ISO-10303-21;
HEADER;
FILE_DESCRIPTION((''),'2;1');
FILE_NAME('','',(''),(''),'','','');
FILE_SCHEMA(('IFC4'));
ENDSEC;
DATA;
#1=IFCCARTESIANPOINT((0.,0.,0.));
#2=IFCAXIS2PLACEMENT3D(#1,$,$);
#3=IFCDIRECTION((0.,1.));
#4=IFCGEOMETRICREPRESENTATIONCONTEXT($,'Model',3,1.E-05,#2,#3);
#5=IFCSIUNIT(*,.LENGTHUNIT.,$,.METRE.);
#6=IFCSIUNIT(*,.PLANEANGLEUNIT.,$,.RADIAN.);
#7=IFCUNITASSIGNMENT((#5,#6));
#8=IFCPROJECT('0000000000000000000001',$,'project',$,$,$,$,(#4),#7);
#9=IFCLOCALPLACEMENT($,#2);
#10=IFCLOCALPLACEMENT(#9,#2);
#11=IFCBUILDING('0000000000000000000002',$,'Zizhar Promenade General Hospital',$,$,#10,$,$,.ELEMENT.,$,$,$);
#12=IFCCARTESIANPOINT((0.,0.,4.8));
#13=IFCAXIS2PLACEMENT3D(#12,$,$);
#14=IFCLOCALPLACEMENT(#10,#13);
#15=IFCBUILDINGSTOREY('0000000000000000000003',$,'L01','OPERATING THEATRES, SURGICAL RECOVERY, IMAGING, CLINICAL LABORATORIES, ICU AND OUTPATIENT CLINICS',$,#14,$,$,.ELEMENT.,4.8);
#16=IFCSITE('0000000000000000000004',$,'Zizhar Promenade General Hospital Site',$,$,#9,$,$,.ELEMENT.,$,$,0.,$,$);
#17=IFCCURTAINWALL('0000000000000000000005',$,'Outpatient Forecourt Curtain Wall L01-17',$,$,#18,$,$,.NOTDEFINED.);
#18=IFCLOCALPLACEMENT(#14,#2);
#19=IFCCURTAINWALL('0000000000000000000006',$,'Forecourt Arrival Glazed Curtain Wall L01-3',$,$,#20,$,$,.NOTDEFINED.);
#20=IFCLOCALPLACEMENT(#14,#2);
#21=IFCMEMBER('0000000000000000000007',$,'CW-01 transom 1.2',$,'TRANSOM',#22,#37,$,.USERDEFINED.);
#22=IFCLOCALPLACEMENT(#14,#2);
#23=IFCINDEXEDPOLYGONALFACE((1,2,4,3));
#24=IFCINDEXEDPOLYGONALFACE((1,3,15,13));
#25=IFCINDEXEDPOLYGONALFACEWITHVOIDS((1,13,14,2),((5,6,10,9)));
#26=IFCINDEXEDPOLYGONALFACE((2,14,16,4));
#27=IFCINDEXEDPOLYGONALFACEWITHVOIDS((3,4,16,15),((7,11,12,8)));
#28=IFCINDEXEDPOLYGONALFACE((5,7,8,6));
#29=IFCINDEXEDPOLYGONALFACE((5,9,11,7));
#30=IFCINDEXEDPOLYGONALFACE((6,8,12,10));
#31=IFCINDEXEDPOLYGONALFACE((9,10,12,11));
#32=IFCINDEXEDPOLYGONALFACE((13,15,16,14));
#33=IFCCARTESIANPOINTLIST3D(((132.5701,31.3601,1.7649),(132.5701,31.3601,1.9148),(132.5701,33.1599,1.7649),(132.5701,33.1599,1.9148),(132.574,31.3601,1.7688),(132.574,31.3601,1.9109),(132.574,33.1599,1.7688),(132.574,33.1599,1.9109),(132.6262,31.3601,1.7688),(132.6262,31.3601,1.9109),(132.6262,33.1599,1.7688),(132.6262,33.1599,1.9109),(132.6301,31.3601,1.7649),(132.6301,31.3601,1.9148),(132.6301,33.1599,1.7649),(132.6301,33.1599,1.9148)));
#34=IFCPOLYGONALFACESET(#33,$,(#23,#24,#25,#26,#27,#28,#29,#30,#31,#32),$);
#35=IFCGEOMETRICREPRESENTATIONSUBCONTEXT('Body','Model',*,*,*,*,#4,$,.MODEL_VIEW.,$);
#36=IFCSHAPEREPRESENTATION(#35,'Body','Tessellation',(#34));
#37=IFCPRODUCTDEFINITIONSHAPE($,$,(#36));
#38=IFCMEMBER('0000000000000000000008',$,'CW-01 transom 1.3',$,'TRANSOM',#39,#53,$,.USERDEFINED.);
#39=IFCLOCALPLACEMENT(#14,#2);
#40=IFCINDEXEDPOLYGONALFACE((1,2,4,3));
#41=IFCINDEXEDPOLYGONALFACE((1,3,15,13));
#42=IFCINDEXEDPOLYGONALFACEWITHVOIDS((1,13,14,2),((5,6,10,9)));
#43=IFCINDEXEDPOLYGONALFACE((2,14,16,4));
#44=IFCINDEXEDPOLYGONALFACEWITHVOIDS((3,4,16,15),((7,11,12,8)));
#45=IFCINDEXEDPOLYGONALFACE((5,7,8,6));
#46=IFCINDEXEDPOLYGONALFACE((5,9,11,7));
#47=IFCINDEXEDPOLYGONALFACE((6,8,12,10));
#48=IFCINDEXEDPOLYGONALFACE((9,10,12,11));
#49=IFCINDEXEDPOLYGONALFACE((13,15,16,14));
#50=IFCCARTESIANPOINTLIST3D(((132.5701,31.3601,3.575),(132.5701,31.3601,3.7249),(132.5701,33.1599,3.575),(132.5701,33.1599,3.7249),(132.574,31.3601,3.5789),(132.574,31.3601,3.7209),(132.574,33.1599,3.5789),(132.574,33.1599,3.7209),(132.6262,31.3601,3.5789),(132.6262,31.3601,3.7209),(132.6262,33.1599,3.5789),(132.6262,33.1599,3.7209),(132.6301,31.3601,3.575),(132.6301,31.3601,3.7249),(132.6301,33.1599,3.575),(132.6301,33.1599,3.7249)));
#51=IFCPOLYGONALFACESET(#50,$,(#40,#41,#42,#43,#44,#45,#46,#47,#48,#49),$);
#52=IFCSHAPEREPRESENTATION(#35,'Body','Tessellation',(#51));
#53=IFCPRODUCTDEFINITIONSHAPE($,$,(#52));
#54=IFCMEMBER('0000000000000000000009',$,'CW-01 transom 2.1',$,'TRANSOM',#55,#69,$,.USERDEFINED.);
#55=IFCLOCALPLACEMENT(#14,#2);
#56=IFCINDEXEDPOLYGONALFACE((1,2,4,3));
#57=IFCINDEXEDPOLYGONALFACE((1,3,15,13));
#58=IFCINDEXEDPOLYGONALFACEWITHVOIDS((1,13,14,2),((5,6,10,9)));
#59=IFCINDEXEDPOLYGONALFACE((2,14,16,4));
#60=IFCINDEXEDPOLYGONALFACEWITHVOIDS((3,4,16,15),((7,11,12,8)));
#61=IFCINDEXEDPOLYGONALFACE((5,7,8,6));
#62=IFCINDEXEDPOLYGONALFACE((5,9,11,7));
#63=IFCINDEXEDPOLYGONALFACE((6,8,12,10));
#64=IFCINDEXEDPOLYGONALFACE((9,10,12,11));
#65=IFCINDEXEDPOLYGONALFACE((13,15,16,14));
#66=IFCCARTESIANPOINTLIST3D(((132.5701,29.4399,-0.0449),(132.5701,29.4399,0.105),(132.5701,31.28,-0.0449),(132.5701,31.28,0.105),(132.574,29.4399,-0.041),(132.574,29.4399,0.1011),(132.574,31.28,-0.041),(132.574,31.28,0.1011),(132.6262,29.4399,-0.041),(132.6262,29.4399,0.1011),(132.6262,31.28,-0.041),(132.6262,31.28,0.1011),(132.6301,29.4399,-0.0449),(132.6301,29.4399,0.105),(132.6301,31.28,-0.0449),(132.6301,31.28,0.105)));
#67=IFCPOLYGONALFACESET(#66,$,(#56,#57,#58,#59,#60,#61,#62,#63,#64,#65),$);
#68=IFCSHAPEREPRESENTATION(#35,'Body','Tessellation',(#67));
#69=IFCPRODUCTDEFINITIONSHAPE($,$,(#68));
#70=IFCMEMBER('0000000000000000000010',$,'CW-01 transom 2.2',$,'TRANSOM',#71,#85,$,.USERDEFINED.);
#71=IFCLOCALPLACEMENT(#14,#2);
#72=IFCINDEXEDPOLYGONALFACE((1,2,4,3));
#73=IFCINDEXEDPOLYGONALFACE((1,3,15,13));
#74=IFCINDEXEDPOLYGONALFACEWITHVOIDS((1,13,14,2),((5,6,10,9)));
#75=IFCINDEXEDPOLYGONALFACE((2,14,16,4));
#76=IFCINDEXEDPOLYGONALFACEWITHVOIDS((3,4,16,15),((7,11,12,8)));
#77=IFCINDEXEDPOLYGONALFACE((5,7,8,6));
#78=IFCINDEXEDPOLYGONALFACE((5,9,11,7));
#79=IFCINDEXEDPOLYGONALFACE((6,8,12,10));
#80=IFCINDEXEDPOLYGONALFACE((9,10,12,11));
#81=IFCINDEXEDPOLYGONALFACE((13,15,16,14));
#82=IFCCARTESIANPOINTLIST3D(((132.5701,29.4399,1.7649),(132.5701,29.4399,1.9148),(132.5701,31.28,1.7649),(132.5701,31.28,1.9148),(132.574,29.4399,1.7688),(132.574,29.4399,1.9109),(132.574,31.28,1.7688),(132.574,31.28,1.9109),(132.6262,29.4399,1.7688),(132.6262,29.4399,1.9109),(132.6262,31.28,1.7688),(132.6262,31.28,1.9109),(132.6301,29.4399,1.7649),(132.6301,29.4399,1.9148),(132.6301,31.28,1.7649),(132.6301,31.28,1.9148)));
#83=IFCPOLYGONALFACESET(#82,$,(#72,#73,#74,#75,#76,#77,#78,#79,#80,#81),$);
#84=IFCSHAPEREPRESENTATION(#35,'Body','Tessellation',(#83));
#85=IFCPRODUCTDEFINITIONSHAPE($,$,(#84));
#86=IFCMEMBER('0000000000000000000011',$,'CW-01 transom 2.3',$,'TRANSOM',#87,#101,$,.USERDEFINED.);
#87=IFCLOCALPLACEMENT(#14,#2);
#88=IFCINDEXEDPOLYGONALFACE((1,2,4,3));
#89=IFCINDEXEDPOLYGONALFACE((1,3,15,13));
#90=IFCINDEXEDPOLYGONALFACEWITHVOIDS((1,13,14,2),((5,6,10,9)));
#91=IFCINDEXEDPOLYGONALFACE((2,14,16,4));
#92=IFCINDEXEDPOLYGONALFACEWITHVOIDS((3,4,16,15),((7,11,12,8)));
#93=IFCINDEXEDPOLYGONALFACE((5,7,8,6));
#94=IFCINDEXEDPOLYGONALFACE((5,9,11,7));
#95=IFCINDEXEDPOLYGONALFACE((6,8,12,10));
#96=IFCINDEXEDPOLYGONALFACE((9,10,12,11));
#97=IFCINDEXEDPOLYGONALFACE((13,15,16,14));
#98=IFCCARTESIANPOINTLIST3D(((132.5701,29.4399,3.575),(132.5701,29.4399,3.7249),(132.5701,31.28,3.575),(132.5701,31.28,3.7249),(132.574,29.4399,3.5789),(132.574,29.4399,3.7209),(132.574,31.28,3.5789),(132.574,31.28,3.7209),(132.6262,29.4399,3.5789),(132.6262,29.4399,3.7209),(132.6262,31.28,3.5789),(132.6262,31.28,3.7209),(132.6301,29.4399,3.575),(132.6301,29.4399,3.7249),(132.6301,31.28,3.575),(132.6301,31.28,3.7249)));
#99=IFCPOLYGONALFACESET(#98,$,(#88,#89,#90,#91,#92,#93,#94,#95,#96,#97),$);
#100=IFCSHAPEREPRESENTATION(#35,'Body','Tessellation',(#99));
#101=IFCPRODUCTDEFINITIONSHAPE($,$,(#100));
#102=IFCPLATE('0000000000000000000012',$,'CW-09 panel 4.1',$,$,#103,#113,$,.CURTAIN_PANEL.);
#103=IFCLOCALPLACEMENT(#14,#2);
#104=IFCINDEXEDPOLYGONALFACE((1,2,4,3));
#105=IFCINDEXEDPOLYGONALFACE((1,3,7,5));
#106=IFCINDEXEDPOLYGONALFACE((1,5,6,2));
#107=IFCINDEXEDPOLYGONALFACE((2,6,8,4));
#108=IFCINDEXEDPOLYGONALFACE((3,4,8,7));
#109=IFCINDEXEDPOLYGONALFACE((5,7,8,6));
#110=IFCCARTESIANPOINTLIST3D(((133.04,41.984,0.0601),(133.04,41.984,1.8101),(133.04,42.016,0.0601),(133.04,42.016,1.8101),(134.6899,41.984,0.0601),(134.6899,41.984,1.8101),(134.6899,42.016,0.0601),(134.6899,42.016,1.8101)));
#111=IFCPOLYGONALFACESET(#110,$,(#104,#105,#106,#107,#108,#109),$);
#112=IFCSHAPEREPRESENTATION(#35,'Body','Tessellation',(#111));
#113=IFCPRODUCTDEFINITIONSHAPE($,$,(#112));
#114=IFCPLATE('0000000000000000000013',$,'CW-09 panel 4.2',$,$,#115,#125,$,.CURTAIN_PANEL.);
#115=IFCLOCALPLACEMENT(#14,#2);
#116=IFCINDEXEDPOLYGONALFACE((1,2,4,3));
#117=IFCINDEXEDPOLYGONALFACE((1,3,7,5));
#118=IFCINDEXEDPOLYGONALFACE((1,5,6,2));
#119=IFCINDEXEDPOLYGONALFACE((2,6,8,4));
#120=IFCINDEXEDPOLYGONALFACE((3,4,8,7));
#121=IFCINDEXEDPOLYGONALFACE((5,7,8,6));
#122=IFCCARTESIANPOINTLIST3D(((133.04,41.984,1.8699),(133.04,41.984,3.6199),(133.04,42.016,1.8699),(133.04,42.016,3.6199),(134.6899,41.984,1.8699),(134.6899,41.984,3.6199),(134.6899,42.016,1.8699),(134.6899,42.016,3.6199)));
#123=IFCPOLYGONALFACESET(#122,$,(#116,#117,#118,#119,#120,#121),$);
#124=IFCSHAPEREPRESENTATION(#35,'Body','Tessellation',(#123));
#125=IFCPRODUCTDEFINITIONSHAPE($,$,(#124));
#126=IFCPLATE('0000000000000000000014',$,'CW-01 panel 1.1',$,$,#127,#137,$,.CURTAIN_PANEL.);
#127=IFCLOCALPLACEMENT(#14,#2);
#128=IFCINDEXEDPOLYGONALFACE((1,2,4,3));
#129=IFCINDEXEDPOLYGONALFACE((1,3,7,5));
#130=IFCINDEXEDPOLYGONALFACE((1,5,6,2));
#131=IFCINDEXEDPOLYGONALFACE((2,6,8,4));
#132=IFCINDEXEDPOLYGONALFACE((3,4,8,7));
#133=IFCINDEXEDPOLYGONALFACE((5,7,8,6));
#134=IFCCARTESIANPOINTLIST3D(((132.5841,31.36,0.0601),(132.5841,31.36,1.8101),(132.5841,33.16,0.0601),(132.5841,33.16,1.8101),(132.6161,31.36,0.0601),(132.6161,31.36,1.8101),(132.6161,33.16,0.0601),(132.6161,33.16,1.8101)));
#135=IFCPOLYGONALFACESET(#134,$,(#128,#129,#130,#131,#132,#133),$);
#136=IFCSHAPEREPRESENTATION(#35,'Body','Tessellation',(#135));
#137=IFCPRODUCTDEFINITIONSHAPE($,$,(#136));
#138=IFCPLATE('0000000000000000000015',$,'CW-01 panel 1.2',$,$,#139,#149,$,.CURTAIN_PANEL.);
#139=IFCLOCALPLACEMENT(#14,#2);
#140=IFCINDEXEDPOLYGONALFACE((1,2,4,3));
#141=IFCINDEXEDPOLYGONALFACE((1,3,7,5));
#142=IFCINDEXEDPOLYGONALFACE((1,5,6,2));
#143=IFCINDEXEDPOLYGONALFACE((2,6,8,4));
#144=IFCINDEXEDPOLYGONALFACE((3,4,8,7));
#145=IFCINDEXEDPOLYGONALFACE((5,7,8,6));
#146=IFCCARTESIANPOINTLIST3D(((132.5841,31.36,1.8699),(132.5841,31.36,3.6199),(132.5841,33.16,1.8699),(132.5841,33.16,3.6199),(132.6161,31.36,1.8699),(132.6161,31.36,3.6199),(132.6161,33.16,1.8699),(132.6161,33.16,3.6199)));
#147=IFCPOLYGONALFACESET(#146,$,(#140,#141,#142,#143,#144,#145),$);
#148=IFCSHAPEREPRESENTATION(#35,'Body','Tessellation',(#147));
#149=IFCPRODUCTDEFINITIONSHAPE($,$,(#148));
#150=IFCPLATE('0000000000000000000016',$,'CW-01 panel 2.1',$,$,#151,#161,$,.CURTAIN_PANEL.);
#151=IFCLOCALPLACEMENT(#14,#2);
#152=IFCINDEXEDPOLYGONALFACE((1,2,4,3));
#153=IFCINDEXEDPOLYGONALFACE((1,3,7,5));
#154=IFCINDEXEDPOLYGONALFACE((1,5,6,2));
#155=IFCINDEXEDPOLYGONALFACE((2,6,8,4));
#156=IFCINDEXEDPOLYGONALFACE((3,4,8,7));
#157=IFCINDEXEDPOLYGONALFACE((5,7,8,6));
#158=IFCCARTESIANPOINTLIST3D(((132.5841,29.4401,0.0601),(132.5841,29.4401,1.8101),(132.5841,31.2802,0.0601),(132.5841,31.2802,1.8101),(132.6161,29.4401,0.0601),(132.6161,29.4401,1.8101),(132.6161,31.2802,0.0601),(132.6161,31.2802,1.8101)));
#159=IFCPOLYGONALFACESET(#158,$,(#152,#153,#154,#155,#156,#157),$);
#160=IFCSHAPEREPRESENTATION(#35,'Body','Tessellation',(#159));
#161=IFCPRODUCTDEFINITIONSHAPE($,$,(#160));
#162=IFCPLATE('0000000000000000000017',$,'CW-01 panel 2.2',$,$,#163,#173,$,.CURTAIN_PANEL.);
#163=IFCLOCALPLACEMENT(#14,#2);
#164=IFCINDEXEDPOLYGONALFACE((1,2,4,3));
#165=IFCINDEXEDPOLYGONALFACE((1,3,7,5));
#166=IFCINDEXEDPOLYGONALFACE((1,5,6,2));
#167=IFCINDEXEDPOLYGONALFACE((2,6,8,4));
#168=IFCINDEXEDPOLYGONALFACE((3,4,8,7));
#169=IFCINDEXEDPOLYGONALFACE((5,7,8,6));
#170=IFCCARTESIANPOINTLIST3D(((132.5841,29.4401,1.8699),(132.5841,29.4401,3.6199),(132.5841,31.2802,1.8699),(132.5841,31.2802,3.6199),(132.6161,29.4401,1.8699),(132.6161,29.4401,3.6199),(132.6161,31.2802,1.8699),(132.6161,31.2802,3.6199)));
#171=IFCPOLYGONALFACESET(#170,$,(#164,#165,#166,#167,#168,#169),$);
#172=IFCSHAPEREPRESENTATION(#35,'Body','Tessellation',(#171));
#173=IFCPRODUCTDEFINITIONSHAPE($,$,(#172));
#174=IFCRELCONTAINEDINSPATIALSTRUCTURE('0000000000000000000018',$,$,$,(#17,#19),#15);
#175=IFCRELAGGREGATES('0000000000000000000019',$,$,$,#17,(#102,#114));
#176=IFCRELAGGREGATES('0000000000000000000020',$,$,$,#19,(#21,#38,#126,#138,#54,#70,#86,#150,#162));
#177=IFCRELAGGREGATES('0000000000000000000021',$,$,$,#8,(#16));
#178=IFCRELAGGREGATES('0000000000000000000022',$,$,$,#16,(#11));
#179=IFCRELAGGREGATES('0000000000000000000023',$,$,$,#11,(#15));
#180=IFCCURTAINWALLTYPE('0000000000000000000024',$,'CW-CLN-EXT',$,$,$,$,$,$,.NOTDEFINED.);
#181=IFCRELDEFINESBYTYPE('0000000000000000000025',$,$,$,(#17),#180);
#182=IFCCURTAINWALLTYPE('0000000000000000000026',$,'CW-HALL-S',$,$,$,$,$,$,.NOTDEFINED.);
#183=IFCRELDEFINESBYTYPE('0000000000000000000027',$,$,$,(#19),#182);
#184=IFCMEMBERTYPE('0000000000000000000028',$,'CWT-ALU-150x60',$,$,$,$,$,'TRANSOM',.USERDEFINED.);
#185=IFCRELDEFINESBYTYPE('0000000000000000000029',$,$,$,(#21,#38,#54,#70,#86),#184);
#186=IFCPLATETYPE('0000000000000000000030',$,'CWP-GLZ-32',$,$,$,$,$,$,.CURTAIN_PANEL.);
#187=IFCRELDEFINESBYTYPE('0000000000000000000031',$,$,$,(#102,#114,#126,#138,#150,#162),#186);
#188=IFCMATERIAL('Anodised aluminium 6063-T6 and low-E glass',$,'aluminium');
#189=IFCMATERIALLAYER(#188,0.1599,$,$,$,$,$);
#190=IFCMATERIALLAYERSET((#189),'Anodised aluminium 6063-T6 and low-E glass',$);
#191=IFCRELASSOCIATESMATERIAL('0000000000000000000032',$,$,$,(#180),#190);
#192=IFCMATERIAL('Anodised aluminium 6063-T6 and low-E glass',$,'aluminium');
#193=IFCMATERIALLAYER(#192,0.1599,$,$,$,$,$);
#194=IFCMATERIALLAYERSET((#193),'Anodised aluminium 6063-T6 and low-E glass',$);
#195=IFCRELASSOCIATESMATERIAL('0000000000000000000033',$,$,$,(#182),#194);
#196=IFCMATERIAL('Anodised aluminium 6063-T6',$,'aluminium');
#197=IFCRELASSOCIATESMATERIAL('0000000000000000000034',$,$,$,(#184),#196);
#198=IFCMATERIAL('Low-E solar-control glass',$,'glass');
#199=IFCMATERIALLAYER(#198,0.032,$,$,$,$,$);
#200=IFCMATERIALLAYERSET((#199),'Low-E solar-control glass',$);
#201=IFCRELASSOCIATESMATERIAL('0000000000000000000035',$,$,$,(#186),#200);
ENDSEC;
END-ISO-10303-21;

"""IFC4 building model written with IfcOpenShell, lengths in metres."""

from ifc_helpers import new_model, si_unit, direction, frame, origin, origin_2d, place, context, subcontext, project, spatial, rectangle, hollow_rectangle, extrude, material, layer, layer_set, material_profile, profile_set, type_object, element, aggregate, save


model = new_model("IFC4")

# Units and contexts
model_context = context("Model", 3, precision=1e-05, world=origin(), true_north=direction((0.0, 1.0)))
body_context = subcontext(model_context, "Body", "Model", "MODEL_VIEW")
ifc_project = project(units=[si_unit("LENGTHUNIT", "METRE"), si_unit("PLANEANGLEUNIT", "RADIAN")], contexts=[model_context])

# Site, building, storey
site_placement = place(None, origin())
site = spatial("IfcSite", under=ifc_project, at=site_placement, Name="Zizhar Promenade General Hospital Site", CompositionType="ELEMENT", RefElevation=0.0)
building_placement = place(site_placement, origin())
building = spatial("IfcBuilding", under=site, at=building_placement, Name="Zizhar Promenade General Hospital", CompositionType="ELEMENT")
storey_placement = place(building_placement, frame((0.0, 0.0, 4.8)))
storey = spatial("IfcBuildingStorey", under=building, at=storey_placement, Name="L01", Description="OPERATING THEATRES, SURGICAL RECOVERY, IMAGING, CLINICAL LABORATORIES, ICU AND OUTPATIENT CLINICS", CompositionType="ELEMENT", Elevation=4.8)

# Curtain wall
ifc_material_1 = material(Name="Anodised aluminium 6063-T6 and low-E glass", Category="aluminium")
ifc_layer_1 = layer(ifc_material_1, 0.1599)
ifc_layer_set_1 = layer_set([ifc_layer_1], Name="Anodised aluminium 6063-T6 and low-E glass")
curtain_wall_type_1 = type_object("IfcCurtainWallType", Name="CW-CLN-EXT", PredefinedType="NOTDEFINED", material=ifc_layer_set_1)
curtain_wall_1_placement = place(storey_placement, origin())
curtain_wall_1 = element("IfcCurtainWall", 1, at=curtain_wall_1_placement, inside=storey, type_object=curtain_wall_type_1, Name="Outpatient Forecourt Curtain Wall L01-17", PredefinedType="NOTDEFINED")

# Curtain wall, members
ifc_material_2 = material(Name="Anodised aluminium 6063-T6 and low-E glass", Category="aluminium")
ifc_layer_2 = layer(ifc_material_2, 0.1599)
ifc_layer_set_2 = layer_set([ifc_layer_2], Name="Anodised aluminium 6063-T6 and low-E glass")
curtain_wall_type_2 = type_object("IfcCurtainWallType", Name="CW-HALL-S", PredefinedType="NOTDEFINED", material=ifc_layer_set_2)
curtain_wall_2_placement = place(storey_placement, origin())
curtain_wall_2 = element("IfcCurtainWall", 2, at=curtain_wall_2_placement, inside=storey, type_object=curtain_wall_type_2, Name="Forecourt Arrival Glazed Curtain Wall L01-3", PredefinedType="NOTDEFINED")
ifc_material_3 = material(Name="Anodised aluminium 6063-T6", Category="aluminium")
ifc_material_profile_1 = material_profile(ifc_material_3, hollow_rectangle(XDim=0.0601, YDim=0.1499, WallThickness=0.0039, at=origin_2d()))
ifc_profile_set_1 = profile_set([ifc_material_profile_1], Name="Anodised aluminium 6063-T6")
member_type_1 = type_object("IfcMemberType", Name="CWT-ALU-150x60", ElementType="TRANSOM", PredefinedType="USERDEFINED", material=ifc_profile_set_1)
member_1_placement = place(storey_placement, frame((132.6001, 33.1599, 1.8398), z_axis=(0.0, -1.0, 0.0), x_axis=(1.0, 0.0, 0.0)))
member_1 = element("IfcMember", 3, at=member_1_placement, type_object=member_type_1, Name="CW-01 transom 1.2", ObjectType="TRANSOM", PredefinedType="USERDEFINED", context=body_context, shape_type="SweptSolid", body=[
    extrude(hollow_rectangle(XDim=0.0601, YDim=0.1499, WallThickness=0.0039, at=origin_2d()), origin(), (0.0, 0.0, 1.0), 1.7998),
])
member_2_placement = place(storey_placement, frame((132.6001, 33.1599, 3.6499), z_axis=(0.0, -1.0, 0.0), x_axis=(1.0, 0.0, 0.0)))
member_2 = element("IfcMember", 4, at=member_2_placement, type_object=member_type_1, Name="CW-01 transom 1.3", ObjectType="TRANSOM", PredefinedType="USERDEFINED", context=body_context, shape_type="SweptSolid", body=[
    extrude(hollow_rectangle(XDim=0.0601, YDim=0.1499, WallThickness=0.0039, at=origin_2d()), origin(), (0.0, 0.0, 1.0), 1.7998),
])
member_3_placement = place(storey_placement, frame((132.6001, 31.28, 0.03), z_axis=(0.0, -1.0, 0.0), x_axis=(1.0, 0.0, 0.0)))
member_3 = element("IfcMember", 5, at=member_3_placement, type_object=member_type_1, Name="CW-01 transom 2.1", ObjectType="TRANSOM", PredefinedType="USERDEFINED", context=body_context, shape_type="SweptSolid", body=[
    extrude(hollow_rectangle(XDim=0.0601, YDim=0.1499, WallThickness=0.0039, at=origin_2d()), origin(), (0.0, 0.0, 1.0), 1.8401),
])
member_4_placement = place(storey_placement, frame((132.6001, 31.28, 1.8398), z_axis=(0.0, -1.0, 0.0), x_axis=(1.0, 0.0, 0.0)))
member_4 = element("IfcMember", 6, at=member_4_placement, type_object=member_type_1, Name="CW-01 transom 2.2", ObjectType="TRANSOM", PredefinedType="USERDEFINED", context=body_context, shape_type="SweptSolid", body=[
    extrude(hollow_rectangle(XDim=0.0601, YDim=0.1499, WallThickness=0.0039, at=origin_2d()), origin(), (0.0, 0.0, 1.0), 1.8401),
])
member_5_placement = place(storey_placement, frame((132.6001, 31.28, 3.6499), z_axis=(0.0, -1.0, 0.0), x_axis=(1.0, 0.0, 0.0)))
member_5 = element("IfcMember", 7, at=member_5_placement, type_object=member_type_1, Name="CW-01 transom 2.3", ObjectType="TRANSOM", PredefinedType="USERDEFINED", context=body_context, shape_type="SweptSolid", body=[
    extrude(hollow_rectangle(XDim=0.0601, YDim=0.1499, WallThickness=0.0039, at=origin_2d()), origin(), (0.0, 0.0, 1.0), 1.8401),
])

# Plates
ifc_material_4 = material(Name="Low-E solar-control glass", Category="glass")
ifc_layer_3 = layer(ifc_material_4, 0.032)
ifc_layer_set_3 = layer_set([ifc_layer_3], Name="Low-E solar-control glass")
plate_type = type_object("IfcPlateType", Name="CWP-GLZ-32", PredefinedType="CURTAIN_PANEL", material=ifc_layer_set_3)
plate_1_placement = place(storey_placement, frame((133.865, 42.0, 0.0601), z_axis=(0.0, 0.0, 1.0), x_axis=(-1.0, 0.0, 0.0)))
plate_1 = element("IfcPlate", 8, at=plate_1_placement, type_object=plate_type, Name="CW-09 panel 4.1", PredefinedType="CURTAIN_PANEL", context=body_context, shape_type="SweptSolid", body=[
    extrude(rectangle(XDim=1.6499, YDim=0.032, at=origin_2d()), origin(), (0.0, 0.0, 1.0), 1.75),
])
plate_2_placement = place(storey_placement, frame((133.865, 42.0, 1.8699), z_axis=(0.0, 0.0, 1.0), x_axis=(-1.0, 0.0, 0.0)))
plate_2 = element("IfcPlate", 9, at=plate_2_placement, type_object=plate_type, Name="CW-09 panel 4.2", PredefinedType="CURTAIN_PANEL", context=body_context, shape_type="SweptSolid", body=[
    extrude(rectangle(XDim=1.6499, YDim=0.032, at=origin_2d()), origin(), (0.0, 0.0, 1.0), 1.75),
])
aggregate(curtain_wall_1, [plate_1, plate_2])
plate_3_placement = place(storey_placement, frame((132.6001, 32.26, 0.0601), z_axis=(0.0, 0.0, 1.0), x_axis=(0.0, -1.0, 0.0)))
plate_3 = element("IfcPlate", 10, at=plate_3_placement, type_object=plate_type, Name="CW-01 panel 1.1", PredefinedType="CURTAIN_PANEL", context=body_context, shape_type="SweptSolid", body=[
    extrude(rectangle(XDim=1.8, YDim=0.032, at=origin_2d()), origin(), (0.0, 0.0, 1.0), 1.75),
])
plate_4_placement = place(storey_placement, frame((132.6001, 32.26, 1.8699), z_axis=(0.0, 0.0, 1.0), x_axis=(0.0, -1.0, 0.0)))
plate_4 = element("IfcPlate", 11, at=plate_4_placement, type_object=plate_type, Name="CW-01 panel 1.2", PredefinedType="CURTAIN_PANEL", context=body_context, shape_type="SweptSolid", body=[
    extrude(rectangle(XDim=1.8, YDim=0.032, at=origin_2d()), origin(), (0.0, 0.0, 1.0), 1.75),
])
plate_5_placement = place(storey_placement, frame((132.6001, 30.3601, 0.0601), z_axis=(0.0, 0.0, 1.0), x_axis=(0.0, -1.0, 0.0)))
plate_5 = element("IfcPlate", 12, at=plate_5_placement, type_object=plate_type, Name="CW-01 panel 2.1", PredefinedType="CURTAIN_PANEL", context=body_context, shape_type="SweptSolid", body=[
    extrude(rectangle(XDim=1.8401, YDim=0.032, at=origin_2d()), origin(), (0.0, 0.0, 1.0), 1.75),
])
plate_6_placement = place(storey_placement, frame((132.6001, 30.3601, 1.8699), z_axis=(0.0, 0.0, 1.0), x_axis=(0.0, -1.0, 0.0)))
plate_6 = element("IfcPlate", 13, at=plate_6_placement, type_object=plate_type, Name="CW-01 panel 2.2", PredefinedType="CURTAIN_PANEL", context=body_context, shape_type="SweptSolid", body=[
    extrude(rectangle(XDim=1.8401, YDim=0.032, at=origin_2d()), origin(), (0.0, 0.0, 1.0), 1.75),
])
aggregate(curtain_wall_2, [member_1, member_2, plate_3, plate_4, member_3, member_4, member_5, plate_5, plate_6])

save(model, "model.ifc")
